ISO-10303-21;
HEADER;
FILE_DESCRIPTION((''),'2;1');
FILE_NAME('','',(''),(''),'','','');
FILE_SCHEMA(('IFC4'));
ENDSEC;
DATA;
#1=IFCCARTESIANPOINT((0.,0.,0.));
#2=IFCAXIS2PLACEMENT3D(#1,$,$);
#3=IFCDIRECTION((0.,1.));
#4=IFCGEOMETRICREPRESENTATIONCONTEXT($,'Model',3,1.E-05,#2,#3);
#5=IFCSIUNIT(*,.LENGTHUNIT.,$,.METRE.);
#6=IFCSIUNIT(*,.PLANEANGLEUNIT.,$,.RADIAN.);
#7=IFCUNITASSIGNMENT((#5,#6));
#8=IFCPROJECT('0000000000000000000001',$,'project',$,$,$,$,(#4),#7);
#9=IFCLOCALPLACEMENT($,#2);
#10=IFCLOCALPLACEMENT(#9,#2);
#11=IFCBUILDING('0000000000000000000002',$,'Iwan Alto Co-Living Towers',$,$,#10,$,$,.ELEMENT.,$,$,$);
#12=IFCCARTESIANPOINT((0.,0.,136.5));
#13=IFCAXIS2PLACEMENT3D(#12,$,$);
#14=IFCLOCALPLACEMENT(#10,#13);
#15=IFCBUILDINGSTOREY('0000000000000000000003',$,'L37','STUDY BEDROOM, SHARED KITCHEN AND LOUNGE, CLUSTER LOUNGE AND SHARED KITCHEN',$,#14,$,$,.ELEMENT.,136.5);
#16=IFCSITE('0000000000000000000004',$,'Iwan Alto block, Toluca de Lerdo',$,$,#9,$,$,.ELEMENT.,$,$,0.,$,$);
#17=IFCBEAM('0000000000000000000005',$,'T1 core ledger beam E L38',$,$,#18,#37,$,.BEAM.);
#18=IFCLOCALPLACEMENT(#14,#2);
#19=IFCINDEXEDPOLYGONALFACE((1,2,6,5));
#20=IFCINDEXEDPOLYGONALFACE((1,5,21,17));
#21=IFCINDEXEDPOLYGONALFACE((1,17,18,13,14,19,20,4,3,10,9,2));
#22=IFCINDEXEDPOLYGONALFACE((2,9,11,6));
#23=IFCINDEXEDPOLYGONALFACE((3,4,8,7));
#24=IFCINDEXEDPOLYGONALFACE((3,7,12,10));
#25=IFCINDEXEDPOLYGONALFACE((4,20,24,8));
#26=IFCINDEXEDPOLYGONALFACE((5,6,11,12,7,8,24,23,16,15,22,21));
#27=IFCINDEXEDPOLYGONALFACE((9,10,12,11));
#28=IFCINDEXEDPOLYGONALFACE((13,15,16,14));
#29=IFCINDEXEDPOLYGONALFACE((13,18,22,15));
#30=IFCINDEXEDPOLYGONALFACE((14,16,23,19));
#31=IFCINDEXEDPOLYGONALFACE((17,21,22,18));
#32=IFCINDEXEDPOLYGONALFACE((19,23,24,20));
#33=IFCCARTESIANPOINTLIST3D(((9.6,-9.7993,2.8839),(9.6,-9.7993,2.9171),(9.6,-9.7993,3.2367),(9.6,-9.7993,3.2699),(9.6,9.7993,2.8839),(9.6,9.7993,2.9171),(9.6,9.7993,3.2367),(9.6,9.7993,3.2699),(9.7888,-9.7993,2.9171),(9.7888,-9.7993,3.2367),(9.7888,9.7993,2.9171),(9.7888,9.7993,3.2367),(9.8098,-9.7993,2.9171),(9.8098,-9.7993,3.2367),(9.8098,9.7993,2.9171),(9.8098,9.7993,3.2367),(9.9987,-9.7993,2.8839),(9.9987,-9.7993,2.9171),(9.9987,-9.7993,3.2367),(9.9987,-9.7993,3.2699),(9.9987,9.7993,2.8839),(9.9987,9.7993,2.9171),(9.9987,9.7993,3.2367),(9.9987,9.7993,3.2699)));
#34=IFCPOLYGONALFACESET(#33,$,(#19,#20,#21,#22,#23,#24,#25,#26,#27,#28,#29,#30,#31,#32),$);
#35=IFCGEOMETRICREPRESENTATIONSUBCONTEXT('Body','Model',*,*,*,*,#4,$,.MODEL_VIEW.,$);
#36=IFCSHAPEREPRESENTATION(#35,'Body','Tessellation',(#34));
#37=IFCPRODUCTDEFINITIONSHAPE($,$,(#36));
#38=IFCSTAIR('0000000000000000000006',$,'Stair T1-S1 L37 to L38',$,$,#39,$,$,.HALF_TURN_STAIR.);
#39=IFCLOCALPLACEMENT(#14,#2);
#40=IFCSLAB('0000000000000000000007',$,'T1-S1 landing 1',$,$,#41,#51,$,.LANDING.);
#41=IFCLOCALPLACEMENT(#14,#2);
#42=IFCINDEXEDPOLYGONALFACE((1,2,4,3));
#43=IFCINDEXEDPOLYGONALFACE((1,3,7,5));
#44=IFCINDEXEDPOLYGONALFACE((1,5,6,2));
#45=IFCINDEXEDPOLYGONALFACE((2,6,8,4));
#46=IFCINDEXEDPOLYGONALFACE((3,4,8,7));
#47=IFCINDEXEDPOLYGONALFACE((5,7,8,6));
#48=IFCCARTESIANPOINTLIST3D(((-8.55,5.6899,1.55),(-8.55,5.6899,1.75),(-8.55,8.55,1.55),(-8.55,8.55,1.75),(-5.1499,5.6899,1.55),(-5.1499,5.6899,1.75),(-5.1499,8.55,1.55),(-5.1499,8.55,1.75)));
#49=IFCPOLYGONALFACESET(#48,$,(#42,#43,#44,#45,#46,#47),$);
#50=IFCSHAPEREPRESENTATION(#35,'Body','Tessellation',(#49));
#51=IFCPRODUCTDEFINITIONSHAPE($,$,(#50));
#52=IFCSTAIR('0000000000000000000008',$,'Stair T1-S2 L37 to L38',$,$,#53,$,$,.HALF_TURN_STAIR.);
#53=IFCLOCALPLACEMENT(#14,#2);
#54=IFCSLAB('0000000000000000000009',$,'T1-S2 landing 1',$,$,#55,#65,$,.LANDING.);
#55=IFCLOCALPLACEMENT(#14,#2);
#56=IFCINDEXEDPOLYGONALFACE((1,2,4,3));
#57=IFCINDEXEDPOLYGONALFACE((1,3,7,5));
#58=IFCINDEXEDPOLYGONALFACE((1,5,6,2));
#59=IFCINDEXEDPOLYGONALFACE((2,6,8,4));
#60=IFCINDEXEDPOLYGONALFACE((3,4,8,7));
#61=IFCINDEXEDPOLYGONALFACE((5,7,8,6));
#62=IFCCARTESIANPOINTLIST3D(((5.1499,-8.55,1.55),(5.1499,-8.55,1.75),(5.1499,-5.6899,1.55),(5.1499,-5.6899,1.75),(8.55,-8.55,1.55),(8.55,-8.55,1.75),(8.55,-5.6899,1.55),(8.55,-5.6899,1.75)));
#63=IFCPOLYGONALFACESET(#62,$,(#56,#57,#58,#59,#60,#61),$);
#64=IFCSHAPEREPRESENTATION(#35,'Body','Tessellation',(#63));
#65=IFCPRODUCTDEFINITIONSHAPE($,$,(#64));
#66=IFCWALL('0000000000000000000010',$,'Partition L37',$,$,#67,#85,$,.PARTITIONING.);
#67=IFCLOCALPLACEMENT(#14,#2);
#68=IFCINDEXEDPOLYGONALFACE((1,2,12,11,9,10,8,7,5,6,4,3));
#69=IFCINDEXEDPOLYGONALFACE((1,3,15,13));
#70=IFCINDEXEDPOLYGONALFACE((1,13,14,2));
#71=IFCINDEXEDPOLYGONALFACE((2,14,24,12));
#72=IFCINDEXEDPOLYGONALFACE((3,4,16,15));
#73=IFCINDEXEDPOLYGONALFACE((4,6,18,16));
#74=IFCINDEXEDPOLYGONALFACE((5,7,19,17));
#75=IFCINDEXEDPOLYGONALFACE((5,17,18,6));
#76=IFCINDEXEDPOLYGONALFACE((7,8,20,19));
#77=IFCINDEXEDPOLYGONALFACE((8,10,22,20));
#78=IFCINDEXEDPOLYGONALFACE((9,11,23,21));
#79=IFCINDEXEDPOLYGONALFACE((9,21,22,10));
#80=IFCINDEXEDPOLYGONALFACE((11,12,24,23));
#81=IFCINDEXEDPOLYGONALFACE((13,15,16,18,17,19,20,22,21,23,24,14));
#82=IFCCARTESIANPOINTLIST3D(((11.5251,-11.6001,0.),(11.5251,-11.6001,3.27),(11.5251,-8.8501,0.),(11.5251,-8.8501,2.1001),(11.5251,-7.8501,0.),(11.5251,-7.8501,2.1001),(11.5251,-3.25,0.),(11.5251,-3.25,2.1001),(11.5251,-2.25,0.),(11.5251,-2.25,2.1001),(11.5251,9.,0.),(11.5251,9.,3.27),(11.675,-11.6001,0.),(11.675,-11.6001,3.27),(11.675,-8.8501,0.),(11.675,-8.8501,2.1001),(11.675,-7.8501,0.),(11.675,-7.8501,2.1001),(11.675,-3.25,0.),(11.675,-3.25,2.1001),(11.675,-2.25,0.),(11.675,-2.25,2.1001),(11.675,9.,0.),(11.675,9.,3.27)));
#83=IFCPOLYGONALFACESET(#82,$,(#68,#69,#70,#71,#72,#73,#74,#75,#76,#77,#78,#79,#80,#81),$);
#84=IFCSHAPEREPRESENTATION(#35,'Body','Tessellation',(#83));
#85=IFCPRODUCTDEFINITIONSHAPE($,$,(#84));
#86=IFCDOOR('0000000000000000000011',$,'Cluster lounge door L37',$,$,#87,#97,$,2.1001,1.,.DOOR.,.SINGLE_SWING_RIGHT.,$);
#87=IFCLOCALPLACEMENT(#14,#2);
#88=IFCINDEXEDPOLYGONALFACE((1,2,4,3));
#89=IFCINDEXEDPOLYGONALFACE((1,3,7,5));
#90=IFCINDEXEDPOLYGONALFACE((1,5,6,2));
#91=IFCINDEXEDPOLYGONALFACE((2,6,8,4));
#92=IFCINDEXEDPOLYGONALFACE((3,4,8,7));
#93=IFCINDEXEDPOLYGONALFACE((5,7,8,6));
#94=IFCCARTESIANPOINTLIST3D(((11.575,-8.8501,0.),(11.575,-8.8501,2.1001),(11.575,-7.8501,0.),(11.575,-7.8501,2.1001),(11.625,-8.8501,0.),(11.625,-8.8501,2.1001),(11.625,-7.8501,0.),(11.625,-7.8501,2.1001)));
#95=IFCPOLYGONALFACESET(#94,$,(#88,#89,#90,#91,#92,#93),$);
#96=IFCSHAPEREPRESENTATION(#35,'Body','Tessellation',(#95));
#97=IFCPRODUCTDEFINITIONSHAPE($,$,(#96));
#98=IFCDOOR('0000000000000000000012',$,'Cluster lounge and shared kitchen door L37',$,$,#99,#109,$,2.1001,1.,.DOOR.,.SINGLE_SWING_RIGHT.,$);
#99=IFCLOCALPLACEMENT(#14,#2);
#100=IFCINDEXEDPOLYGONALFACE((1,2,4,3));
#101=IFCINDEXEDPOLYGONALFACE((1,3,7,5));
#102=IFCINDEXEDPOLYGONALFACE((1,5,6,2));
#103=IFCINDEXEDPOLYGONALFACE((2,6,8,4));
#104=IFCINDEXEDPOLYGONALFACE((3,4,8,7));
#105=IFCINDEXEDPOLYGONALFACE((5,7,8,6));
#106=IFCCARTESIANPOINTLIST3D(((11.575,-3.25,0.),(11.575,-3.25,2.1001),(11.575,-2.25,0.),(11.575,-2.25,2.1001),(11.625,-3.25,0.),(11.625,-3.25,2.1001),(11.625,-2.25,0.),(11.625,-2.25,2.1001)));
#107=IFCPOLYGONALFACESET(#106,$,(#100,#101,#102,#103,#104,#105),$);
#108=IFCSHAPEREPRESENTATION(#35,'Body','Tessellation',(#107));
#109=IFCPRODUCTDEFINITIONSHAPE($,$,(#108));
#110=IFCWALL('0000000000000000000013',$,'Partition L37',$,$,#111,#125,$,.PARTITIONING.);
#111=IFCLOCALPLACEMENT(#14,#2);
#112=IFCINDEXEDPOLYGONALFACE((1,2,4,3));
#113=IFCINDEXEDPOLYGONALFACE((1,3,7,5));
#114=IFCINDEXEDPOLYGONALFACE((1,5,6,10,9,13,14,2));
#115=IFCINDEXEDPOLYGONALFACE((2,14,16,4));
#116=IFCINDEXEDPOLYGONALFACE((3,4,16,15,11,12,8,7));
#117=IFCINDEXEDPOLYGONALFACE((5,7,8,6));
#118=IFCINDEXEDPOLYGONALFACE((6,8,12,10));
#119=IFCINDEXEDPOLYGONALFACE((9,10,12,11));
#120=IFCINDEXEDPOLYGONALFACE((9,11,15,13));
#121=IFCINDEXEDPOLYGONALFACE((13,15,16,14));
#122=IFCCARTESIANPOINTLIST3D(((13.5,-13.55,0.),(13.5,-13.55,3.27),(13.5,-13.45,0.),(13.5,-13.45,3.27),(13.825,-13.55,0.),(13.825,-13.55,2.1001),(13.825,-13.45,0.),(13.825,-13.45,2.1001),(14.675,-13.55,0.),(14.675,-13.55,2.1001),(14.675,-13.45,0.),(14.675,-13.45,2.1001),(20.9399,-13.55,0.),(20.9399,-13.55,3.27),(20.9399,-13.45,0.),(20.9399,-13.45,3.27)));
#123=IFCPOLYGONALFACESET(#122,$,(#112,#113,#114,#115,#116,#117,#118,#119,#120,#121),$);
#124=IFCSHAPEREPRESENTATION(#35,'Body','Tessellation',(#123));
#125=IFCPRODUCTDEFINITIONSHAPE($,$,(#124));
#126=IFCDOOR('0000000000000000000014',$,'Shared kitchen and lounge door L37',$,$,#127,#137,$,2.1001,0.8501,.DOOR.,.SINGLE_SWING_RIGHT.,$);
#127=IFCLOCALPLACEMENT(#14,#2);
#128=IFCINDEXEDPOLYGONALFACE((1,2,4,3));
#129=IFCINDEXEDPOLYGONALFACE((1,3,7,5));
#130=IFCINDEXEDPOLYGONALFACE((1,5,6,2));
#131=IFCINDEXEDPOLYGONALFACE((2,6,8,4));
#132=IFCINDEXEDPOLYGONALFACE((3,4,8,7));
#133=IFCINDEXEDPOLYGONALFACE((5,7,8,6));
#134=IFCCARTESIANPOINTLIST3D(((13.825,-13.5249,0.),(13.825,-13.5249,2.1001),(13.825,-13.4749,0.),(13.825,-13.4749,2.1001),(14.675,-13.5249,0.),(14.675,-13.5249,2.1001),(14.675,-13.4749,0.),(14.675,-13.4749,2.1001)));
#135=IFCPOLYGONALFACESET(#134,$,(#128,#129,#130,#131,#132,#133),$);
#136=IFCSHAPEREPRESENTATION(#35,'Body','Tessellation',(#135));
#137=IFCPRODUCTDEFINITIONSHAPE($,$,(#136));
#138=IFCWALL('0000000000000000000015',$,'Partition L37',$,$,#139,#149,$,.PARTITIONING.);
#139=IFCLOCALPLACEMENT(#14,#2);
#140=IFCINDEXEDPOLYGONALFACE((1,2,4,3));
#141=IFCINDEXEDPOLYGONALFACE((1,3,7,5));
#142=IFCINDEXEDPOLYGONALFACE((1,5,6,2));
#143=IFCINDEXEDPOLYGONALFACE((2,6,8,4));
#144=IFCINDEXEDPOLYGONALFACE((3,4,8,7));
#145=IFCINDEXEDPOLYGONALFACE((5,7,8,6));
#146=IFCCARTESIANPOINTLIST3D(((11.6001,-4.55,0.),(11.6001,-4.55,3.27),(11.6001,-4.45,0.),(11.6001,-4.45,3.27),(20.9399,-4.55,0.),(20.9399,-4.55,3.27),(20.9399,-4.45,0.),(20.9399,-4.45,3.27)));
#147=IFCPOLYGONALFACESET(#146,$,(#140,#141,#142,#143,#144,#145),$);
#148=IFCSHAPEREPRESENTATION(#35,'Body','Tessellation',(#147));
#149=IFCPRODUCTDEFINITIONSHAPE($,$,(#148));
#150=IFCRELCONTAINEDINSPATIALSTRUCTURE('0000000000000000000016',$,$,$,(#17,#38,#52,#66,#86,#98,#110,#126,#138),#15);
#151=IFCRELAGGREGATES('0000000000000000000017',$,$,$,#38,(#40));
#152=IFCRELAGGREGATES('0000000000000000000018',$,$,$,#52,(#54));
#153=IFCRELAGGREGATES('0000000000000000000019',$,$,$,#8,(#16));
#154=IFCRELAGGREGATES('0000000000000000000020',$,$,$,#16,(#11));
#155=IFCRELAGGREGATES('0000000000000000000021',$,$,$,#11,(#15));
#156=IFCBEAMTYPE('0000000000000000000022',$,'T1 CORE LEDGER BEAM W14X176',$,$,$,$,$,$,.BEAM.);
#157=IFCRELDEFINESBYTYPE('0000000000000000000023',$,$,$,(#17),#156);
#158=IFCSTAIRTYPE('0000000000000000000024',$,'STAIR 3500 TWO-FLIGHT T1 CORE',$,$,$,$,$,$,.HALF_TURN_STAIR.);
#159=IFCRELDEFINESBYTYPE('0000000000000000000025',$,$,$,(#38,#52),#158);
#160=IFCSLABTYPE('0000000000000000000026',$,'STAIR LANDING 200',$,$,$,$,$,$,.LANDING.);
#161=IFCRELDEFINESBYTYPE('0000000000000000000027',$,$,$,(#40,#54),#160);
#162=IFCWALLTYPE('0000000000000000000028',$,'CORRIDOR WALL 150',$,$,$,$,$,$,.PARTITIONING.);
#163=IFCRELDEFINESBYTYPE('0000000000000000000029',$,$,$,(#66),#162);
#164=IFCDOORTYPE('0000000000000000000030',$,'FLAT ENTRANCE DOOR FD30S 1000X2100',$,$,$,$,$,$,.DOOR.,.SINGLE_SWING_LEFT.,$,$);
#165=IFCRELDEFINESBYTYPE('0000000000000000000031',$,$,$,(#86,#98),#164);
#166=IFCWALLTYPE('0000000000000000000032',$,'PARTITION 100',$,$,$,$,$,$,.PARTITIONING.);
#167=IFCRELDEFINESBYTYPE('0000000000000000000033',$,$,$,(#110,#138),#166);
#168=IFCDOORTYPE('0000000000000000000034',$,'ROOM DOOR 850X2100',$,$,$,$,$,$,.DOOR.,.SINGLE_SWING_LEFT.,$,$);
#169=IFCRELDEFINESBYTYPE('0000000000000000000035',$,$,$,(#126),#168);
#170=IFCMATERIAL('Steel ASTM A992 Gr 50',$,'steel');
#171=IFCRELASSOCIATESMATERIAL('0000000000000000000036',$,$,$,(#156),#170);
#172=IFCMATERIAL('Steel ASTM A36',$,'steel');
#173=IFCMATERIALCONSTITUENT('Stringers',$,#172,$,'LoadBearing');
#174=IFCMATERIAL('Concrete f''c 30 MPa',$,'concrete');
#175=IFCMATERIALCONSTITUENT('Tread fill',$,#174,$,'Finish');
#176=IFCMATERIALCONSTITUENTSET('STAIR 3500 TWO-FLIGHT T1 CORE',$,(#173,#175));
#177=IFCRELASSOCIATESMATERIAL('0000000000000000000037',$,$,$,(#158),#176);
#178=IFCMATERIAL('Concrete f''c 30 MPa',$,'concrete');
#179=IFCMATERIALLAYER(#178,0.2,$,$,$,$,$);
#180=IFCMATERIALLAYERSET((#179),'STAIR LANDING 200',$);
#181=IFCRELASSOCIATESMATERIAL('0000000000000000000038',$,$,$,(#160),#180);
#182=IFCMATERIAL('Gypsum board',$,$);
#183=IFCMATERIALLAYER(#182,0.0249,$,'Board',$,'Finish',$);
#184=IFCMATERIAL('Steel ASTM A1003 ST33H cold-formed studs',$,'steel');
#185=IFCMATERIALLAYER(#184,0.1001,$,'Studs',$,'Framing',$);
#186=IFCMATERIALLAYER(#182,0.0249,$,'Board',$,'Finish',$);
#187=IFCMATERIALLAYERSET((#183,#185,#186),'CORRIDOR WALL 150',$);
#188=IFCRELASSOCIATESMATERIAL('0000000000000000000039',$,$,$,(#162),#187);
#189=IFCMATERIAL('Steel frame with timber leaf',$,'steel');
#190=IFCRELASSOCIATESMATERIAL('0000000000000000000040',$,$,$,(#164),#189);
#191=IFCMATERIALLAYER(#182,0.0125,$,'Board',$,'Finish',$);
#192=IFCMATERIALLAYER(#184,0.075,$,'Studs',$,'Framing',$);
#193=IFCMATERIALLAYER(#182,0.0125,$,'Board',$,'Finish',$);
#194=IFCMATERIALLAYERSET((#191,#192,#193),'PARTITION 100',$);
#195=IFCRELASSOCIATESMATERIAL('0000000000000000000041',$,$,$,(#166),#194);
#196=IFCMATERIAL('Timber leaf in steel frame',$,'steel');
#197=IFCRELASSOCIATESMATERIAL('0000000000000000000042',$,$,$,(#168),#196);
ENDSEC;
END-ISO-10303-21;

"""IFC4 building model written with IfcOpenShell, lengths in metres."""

from ifc_helpers import new_model, si_unit, direction, frame, frame_2d, origin, origin_2d, place, context, subcontext, project, spatial, polyline, rectangle, i_section, outline, extrude, material, layer, layer_set, constituent, constituent_set, material_profile, profile_set, type_object, element, fill, aggregate, save


model = new_model("IFC4")

# Units and contexts
model_context = context("Model", 3, precision=1e-05, world=origin(), true_north=direction((0.0, 1.0)))
body_context = subcontext(model_context, "Body", "Model", "MODEL_VIEW")
ifc_project = project(units=[si_unit("LENGTHUNIT", "METRE"), si_unit("PLANEANGLEUNIT", "RADIAN")], contexts=[model_context])

# Site, building, storey
site_placement = place(None, origin())
site = spatial("IfcSite", under=ifc_project, at=site_placement, Name="Iwan Alto block, Toluca de Lerdo", CompositionType="ELEMENT", RefElevation=0.0)
building_placement = place(site_placement, origin())
building = spatial("IfcBuilding", under=site, at=building_placement, Name="Iwan Alto Co-Living Towers", CompositionType="ELEMENT")
storey_placement = place(building_placement, frame((0.0, 0.0, 136.5)))
storey = spatial("IfcBuildingStorey", under=building, at=storey_placement, Name="L37", Description="STUDY BEDROOM, SHARED KITCHEN AND LOUNGE, CLUSTER LOUNGE AND SHARED KITCHEN", CompositionType="ELEMENT", Elevation=136.5)

# Beam
ifc_material_1 = material(Name="Steel ASTM A992 Gr 50", Category="steel")
ifc_material_profile = material_profile(ifc_material_1, i_section(OverallWidth=0.3987, OverallDepth=0.386, WebThickness=0.021, FlangeThickness=0.0332, at=origin_2d()), Name="W14X176")
ifc_profile_set = profile_set([ifc_material_profile], Name="Steel ASTM A992 Gr 50")
beam_type = type_object("IfcBeamType", Name="T1 CORE LEDGER BEAM W14X176", PredefinedType="BEAM", material=ifc_profile_set)
beam_placement = place(storey_placement, frame((9.7993, -9.7993, 3.0769), z_axis=(0.0, 1.0, 0.0), x_axis=(-1.0, 0.0, 0.0)))
element("IfcBeam", 1, at=beam_placement, inside=storey, type_object=beam_type, Name="T1 core ledger beam E L38", PredefinedType="BEAM", context=body_context, shape_type="SweptSolid", body=[
    extrude(i_section(OverallWidth=0.3987, OverallDepth=0.386, WebThickness=0.021, FlangeThickness=0.0332, at=origin_2d()), origin(), (0.0, 0.0, 1.0), 19.5986),
])

# Stairs, slabs
ifc_material_2 = material(Name="Steel ASTM A36", Category="steel")
ifc_constituent_1 = constituent(ifc_material_2, Name="Stringers", Category="LoadBearing")
ifc_material_3 = material(Name="Concrete f'c 30 MPa", Category="concrete")
ifc_constituent_2 = constituent(ifc_material_3, Name="Tread fill", Category="Finish")
ifc_constituent_set_1 = constituent_set(constituents=[ifc_constituent_1, ifc_constituent_2], Name="STAIR 3500 TWO-FLIGHT T1 CORE")
stair_type = type_object("IfcStairType", Name="STAIR 3500 TWO-FLIGHT T1 CORE", PredefinedType="HALF_TURN_STAIR", material=ifc_constituent_set_1)
stair_1_placement = place(storey_placement, origin())
stair_1 = element("IfcStair", 2, at=stair_1_placement, inside=storey, type_object=stair_type, Name="Stair T1-S1 L37 to L38", PredefinedType="HALF_TURN_STAIR")
ifc_material_4 = material(Name="Concrete f'c 30 MPa", Category="concrete")
ifc_layer_1 = layer(ifc_material_4, 0.2)
ifc_layer_set_1 = layer_set([ifc_layer_1], Name="STAIR LANDING 200")
slab_type = type_object("IfcSlabType", Name="STAIR LANDING 200", PredefinedType="LANDING", material=ifc_layer_set_1)
slab_1_placement = place(storey_placement, frame((0.0, 0.0, 1.55)))
slab_1 = element("IfcSlab", 3, at=slab_1_placement, type_object=slab_type, Name="T1-S1 landing 1", PredefinedType="LANDING", context=body_context, shape_type="SweptSolid", body=[
    extrude(outline(polyline([(-8.55, 5.6899), (-8.55, 8.55), (-5.1499, 8.55), (-5.1499, 5.6899), (-8.55, 5.6899)])), origin(), (0.0, 0.0, 1.0), 0.2),
])
aggregate(stair_1, [slab_1])
stair_2_placement = place(storey_placement, origin())
stair_2 = element("IfcStair", 4, at=stair_2_placement, inside=storey, type_object=stair_type, Name="Stair T1-S2 L37 to L38", PredefinedType="HALF_TURN_STAIR")
slab_2_placement = place(storey_placement, frame((0.0, 0.0, 1.55)))
slab_2 = element("IfcSlab", 5, at=slab_2_placement, type_object=slab_type, Name="T1-S2 landing 1", PredefinedType="LANDING", context=body_context, shape_type="SweptSolid", body=[
    extrude(outline(polyline([(5.1499, -5.6899), (5.1499, -8.55), (8.55, -8.55), (8.55, -5.6899), (5.1499, -5.6899)])), origin(), (0.0, 0.0, 1.0), 0.2),
])

# Wall, openings, doors
ifc_material_5 = material(Name="Gypsum board")
ifc_layer_2 = layer(ifc_material_5, 0.0249, Name="Board", Category="Finish")
ifc_material_6 = material(Name="Steel ASTM A1003 ST33H cold-formed studs", Category="steel")
ifc_layer_3 = layer(ifc_material_6, 0.1001, Name="Studs", Category="Framing")
ifc_layer_4 = layer(ifc_material_5, 0.0249, Name="Board", Category="Finish")
ifc_layer_set_2 = layer_set([ifc_layer_2, ifc_layer_3, ifc_layer_4], Name="CORRIDOR WALL 150")
wall_type_1 = type_object("IfcWallType", Name="CORRIDOR WALL 150", PredefinedType="PARTITIONING", material=ifc_layer_set_2)
wall_1_placement = place(storey_placement, frame((11.6001, -11.6001, 0.0), z_axis=(0.0, 0.0, 1.0), x_axis=(0.0, 1.0, 0.0)))
wall_1 = element("IfcWall", 6, at=wall_1_placement, inside=storey, type_object=wall_type_1, Name="Partition L37", PredefinedType="PARTITIONING", context=body_context, shape_type="SweptSolid", body=[
    extrude(rectangle(XDim=20.6001, YDim=0.1499, at=frame_2d((10.3, 0.0))), origin(), (0.0, 0.0, 1.0), 3.27),
])
opening_1_placement = place(wall_1_placement, frame((2.75, 0.0, 0.0)))
opening_1 = element("IfcOpeningElement", 7, at=opening_1_placement, cuts=wall_1, PredefinedType="OPENING", context=body_context, shape_type="SweptSolid", body=[
    extrude(rectangle(XDim=1.0, YDim=2.1001, at=frame_2d((0.5, 1.05))), frame((0.0, 0.085, 0.0), z_axis=(0.0, -1.0, 0.0), x_axis=(1.0, 0.0, 0.0)), (0.0, 0.0, 1.0), 0.1699),
])
opening_2_placement = place(wall_1_placement, frame((8.3501, 0.0, 0.0)))
opening_2 = element("IfcOpeningElement", 8, at=opening_2_placement, cuts=wall_1, PredefinedType="OPENING", context=body_context, shape_type="SweptSolid", body=[
    extrude(rectangle(XDim=1.0, YDim=2.1001, at=frame_2d((0.5, 1.05))), frame((0.0, 0.085, 0.0), z_axis=(0.0, -1.0, 0.0), x_axis=(1.0, 0.0, 0.0)), (0.0, 0.0, 1.0), 0.1699),
])
ifc_material_7 = material(Name="Steel frame with timber leaf", Category="steel")
door_type_1 = type_object("IfcDoorType", Name="FLAT ENTRANCE DOOR FD30S 1000X2100", OperationType="SINGLE_SWING_LEFT", PredefinedType="DOOR", material=ifc_material_7)
door_1_placement = place(opening_1_placement, frame((1.0, 0.0, 0.0), z_axis=(0.0, 0.0, 1.0), x_axis=(-1.0, 0.0, 0.0)))
door_1 = element("IfcDoor", 9, at=door_1_placement, inside=storey, type_object=door_type_1, Name="Cluster lounge door L37", OperationType="SINGLE_SWING_RIGHT", OverallHeight=2.1001, OverallWidth=1.0, PredefinedType="DOOR", context=body_context, shape_type="SweptSolid", body=[
    extrude(rectangle(XDim=1.0, YDim=2.1001, at=frame_2d((0.5, 1.05))), frame((0.0, 0.0249, 0.0), z_axis=(0.0, -1.0, 0.0), x_axis=(1.0, 0.0, 0.0)), (0.0, 0.0, 1.0), 0.05),
])
fill(opening_1, door_1)
door_2_placement = place(opening_2_placement, frame((1.0, 0.0, 0.0), z_axis=(0.0, 0.0, 1.0), x_axis=(-1.0, 0.0, 0.0)))
door_2 = element("IfcDoor", 10, at=door_2_placement, inside=storey, type_object=door_type_1, Name="Cluster lounge and shared kitchen door L37", OperationType="SINGLE_SWING_RIGHT", OverallHeight=2.1001, OverallWidth=1.0, PredefinedType="DOOR", context=body_context, shape_type="SweptSolid", body=[
    extrude(rectangle(XDim=1.0, YDim=2.1001, at=frame_2d((0.5, 1.05))), frame((0.0, 0.0249, 0.0), z_axis=(0.0, -1.0, 0.0), x_axis=(1.0, 0.0, 0.0)), (0.0, 0.0, 1.0), 0.05),
])
fill(opening_2, door_2)

# Wall, opening, door
ifc_layer_5 = layer(ifc_material_5, 0.0125, Name="Board", Category="Finish")
ifc_layer_6 = layer(ifc_material_6, 0.075, Name="Studs", Category="Framing")
ifc_layer_7 = layer(ifc_material_5, 0.0125, Name="Board", Category="Finish")
ifc_layer_set_3 = layer_set([ifc_layer_5, ifc_layer_6, ifc_layer_7], Name="PARTITION 100")
wall_type_2 = type_object("IfcWallType", Name="PARTITION 100", PredefinedType="PARTITIONING", material=ifc_layer_set_3)
wall_2_placement = place(storey_placement, frame((13.5, -13.5, 0.0), z_axis=(0.0, 0.0, 1.0), x_axis=(1.0, 0.0, 0.0)))
wall_2 = element("IfcWall", 11, at=wall_2_placement, inside=storey, type_object=wall_type_2, Name="Partition L37", PredefinedType="PARTITIONING", context=body_context, shape_type="SweptSolid", body=[
    extrude(rectangle(XDim=7.4399, YDim=0.1001, at=frame_2d((3.72, 0.0))), origin(), (0.0, 0.0, 1.0), 3.27),
])
opening_3_placement = place(wall_2_placement, frame((0.325, 0.0, 0.0)))
opening_3 = element("IfcOpeningElement", 12, at=opening_3_placement, cuts=wall_2, PredefinedType="OPENING", context=body_context, shape_type="SweptSolid", body=[
    extrude(rectangle(XDim=0.8501, YDim=2.1001, at=frame_2d((0.425, 1.05))), frame((0.0, 0.0601, 0.0), z_axis=(0.0, -1.0, 0.0), x_axis=(1.0, 0.0, 0.0)), (0.0, 0.0, 1.0), 0.1201),
])
ifc_material_8 = material(Name="Timber leaf in steel frame", Category="steel")
door_type_2 = type_object("IfcDoorType", Name="ROOM DOOR 850X2100", OperationType="SINGLE_SWING_LEFT", PredefinedType="DOOR", material=ifc_material_8)
door_3_placement = place(opening_3_placement, frame((0.8501, 0.0, 0.0), z_axis=(0.0, 0.0, 1.0), x_axis=(-1.0, 0.0, 0.0)))
door_3 = element("IfcDoor", 13, at=door_3_placement, inside=storey, type_object=door_type_2, Name="Shared kitchen and lounge door L37", OperationType="SINGLE_SWING_RIGHT", OverallHeight=2.1001, OverallWidth=0.8501, PredefinedType="DOOR", context=body_context, shape_type="SweptSolid", body=[
    extrude(rectangle(XDim=0.8501, YDim=2.1001, at=frame_2d((0.425, 1.05))), frame((0.0, 0.0249, 0.0), z_axis=(0.0, -1.0, 0.0), x_axis=(1.0, 0.0, 0.0)), (0.0, 0.0, 1.0), 0.05),
])
fill(opening_3, door_3)

# Wall
wall_3_placement = place(storey_placement, frame((11.6001, -4.5, 0.0), z_axis=(0.0, 0.0, 1.0), x_axis=(1.0, 0.0, 0.0)))
element("IfcWall", 14, at=wall_3_placement, inside=storey, type_object=wall_type_2, Name="Partition L37", PredefinedType="PARTITIONING", context=body_context, shape_type="SweptSolid", body=[
    extrude(rectangle(XDim=9.3398, YDim=0.1001, at=frame_2d((4.6699, 0.0))), origin(), (0.0, 0.0, 1.0), 3.27),
])

aggregate(stair_2, [slab_2])

save(model, "model.ifc")
